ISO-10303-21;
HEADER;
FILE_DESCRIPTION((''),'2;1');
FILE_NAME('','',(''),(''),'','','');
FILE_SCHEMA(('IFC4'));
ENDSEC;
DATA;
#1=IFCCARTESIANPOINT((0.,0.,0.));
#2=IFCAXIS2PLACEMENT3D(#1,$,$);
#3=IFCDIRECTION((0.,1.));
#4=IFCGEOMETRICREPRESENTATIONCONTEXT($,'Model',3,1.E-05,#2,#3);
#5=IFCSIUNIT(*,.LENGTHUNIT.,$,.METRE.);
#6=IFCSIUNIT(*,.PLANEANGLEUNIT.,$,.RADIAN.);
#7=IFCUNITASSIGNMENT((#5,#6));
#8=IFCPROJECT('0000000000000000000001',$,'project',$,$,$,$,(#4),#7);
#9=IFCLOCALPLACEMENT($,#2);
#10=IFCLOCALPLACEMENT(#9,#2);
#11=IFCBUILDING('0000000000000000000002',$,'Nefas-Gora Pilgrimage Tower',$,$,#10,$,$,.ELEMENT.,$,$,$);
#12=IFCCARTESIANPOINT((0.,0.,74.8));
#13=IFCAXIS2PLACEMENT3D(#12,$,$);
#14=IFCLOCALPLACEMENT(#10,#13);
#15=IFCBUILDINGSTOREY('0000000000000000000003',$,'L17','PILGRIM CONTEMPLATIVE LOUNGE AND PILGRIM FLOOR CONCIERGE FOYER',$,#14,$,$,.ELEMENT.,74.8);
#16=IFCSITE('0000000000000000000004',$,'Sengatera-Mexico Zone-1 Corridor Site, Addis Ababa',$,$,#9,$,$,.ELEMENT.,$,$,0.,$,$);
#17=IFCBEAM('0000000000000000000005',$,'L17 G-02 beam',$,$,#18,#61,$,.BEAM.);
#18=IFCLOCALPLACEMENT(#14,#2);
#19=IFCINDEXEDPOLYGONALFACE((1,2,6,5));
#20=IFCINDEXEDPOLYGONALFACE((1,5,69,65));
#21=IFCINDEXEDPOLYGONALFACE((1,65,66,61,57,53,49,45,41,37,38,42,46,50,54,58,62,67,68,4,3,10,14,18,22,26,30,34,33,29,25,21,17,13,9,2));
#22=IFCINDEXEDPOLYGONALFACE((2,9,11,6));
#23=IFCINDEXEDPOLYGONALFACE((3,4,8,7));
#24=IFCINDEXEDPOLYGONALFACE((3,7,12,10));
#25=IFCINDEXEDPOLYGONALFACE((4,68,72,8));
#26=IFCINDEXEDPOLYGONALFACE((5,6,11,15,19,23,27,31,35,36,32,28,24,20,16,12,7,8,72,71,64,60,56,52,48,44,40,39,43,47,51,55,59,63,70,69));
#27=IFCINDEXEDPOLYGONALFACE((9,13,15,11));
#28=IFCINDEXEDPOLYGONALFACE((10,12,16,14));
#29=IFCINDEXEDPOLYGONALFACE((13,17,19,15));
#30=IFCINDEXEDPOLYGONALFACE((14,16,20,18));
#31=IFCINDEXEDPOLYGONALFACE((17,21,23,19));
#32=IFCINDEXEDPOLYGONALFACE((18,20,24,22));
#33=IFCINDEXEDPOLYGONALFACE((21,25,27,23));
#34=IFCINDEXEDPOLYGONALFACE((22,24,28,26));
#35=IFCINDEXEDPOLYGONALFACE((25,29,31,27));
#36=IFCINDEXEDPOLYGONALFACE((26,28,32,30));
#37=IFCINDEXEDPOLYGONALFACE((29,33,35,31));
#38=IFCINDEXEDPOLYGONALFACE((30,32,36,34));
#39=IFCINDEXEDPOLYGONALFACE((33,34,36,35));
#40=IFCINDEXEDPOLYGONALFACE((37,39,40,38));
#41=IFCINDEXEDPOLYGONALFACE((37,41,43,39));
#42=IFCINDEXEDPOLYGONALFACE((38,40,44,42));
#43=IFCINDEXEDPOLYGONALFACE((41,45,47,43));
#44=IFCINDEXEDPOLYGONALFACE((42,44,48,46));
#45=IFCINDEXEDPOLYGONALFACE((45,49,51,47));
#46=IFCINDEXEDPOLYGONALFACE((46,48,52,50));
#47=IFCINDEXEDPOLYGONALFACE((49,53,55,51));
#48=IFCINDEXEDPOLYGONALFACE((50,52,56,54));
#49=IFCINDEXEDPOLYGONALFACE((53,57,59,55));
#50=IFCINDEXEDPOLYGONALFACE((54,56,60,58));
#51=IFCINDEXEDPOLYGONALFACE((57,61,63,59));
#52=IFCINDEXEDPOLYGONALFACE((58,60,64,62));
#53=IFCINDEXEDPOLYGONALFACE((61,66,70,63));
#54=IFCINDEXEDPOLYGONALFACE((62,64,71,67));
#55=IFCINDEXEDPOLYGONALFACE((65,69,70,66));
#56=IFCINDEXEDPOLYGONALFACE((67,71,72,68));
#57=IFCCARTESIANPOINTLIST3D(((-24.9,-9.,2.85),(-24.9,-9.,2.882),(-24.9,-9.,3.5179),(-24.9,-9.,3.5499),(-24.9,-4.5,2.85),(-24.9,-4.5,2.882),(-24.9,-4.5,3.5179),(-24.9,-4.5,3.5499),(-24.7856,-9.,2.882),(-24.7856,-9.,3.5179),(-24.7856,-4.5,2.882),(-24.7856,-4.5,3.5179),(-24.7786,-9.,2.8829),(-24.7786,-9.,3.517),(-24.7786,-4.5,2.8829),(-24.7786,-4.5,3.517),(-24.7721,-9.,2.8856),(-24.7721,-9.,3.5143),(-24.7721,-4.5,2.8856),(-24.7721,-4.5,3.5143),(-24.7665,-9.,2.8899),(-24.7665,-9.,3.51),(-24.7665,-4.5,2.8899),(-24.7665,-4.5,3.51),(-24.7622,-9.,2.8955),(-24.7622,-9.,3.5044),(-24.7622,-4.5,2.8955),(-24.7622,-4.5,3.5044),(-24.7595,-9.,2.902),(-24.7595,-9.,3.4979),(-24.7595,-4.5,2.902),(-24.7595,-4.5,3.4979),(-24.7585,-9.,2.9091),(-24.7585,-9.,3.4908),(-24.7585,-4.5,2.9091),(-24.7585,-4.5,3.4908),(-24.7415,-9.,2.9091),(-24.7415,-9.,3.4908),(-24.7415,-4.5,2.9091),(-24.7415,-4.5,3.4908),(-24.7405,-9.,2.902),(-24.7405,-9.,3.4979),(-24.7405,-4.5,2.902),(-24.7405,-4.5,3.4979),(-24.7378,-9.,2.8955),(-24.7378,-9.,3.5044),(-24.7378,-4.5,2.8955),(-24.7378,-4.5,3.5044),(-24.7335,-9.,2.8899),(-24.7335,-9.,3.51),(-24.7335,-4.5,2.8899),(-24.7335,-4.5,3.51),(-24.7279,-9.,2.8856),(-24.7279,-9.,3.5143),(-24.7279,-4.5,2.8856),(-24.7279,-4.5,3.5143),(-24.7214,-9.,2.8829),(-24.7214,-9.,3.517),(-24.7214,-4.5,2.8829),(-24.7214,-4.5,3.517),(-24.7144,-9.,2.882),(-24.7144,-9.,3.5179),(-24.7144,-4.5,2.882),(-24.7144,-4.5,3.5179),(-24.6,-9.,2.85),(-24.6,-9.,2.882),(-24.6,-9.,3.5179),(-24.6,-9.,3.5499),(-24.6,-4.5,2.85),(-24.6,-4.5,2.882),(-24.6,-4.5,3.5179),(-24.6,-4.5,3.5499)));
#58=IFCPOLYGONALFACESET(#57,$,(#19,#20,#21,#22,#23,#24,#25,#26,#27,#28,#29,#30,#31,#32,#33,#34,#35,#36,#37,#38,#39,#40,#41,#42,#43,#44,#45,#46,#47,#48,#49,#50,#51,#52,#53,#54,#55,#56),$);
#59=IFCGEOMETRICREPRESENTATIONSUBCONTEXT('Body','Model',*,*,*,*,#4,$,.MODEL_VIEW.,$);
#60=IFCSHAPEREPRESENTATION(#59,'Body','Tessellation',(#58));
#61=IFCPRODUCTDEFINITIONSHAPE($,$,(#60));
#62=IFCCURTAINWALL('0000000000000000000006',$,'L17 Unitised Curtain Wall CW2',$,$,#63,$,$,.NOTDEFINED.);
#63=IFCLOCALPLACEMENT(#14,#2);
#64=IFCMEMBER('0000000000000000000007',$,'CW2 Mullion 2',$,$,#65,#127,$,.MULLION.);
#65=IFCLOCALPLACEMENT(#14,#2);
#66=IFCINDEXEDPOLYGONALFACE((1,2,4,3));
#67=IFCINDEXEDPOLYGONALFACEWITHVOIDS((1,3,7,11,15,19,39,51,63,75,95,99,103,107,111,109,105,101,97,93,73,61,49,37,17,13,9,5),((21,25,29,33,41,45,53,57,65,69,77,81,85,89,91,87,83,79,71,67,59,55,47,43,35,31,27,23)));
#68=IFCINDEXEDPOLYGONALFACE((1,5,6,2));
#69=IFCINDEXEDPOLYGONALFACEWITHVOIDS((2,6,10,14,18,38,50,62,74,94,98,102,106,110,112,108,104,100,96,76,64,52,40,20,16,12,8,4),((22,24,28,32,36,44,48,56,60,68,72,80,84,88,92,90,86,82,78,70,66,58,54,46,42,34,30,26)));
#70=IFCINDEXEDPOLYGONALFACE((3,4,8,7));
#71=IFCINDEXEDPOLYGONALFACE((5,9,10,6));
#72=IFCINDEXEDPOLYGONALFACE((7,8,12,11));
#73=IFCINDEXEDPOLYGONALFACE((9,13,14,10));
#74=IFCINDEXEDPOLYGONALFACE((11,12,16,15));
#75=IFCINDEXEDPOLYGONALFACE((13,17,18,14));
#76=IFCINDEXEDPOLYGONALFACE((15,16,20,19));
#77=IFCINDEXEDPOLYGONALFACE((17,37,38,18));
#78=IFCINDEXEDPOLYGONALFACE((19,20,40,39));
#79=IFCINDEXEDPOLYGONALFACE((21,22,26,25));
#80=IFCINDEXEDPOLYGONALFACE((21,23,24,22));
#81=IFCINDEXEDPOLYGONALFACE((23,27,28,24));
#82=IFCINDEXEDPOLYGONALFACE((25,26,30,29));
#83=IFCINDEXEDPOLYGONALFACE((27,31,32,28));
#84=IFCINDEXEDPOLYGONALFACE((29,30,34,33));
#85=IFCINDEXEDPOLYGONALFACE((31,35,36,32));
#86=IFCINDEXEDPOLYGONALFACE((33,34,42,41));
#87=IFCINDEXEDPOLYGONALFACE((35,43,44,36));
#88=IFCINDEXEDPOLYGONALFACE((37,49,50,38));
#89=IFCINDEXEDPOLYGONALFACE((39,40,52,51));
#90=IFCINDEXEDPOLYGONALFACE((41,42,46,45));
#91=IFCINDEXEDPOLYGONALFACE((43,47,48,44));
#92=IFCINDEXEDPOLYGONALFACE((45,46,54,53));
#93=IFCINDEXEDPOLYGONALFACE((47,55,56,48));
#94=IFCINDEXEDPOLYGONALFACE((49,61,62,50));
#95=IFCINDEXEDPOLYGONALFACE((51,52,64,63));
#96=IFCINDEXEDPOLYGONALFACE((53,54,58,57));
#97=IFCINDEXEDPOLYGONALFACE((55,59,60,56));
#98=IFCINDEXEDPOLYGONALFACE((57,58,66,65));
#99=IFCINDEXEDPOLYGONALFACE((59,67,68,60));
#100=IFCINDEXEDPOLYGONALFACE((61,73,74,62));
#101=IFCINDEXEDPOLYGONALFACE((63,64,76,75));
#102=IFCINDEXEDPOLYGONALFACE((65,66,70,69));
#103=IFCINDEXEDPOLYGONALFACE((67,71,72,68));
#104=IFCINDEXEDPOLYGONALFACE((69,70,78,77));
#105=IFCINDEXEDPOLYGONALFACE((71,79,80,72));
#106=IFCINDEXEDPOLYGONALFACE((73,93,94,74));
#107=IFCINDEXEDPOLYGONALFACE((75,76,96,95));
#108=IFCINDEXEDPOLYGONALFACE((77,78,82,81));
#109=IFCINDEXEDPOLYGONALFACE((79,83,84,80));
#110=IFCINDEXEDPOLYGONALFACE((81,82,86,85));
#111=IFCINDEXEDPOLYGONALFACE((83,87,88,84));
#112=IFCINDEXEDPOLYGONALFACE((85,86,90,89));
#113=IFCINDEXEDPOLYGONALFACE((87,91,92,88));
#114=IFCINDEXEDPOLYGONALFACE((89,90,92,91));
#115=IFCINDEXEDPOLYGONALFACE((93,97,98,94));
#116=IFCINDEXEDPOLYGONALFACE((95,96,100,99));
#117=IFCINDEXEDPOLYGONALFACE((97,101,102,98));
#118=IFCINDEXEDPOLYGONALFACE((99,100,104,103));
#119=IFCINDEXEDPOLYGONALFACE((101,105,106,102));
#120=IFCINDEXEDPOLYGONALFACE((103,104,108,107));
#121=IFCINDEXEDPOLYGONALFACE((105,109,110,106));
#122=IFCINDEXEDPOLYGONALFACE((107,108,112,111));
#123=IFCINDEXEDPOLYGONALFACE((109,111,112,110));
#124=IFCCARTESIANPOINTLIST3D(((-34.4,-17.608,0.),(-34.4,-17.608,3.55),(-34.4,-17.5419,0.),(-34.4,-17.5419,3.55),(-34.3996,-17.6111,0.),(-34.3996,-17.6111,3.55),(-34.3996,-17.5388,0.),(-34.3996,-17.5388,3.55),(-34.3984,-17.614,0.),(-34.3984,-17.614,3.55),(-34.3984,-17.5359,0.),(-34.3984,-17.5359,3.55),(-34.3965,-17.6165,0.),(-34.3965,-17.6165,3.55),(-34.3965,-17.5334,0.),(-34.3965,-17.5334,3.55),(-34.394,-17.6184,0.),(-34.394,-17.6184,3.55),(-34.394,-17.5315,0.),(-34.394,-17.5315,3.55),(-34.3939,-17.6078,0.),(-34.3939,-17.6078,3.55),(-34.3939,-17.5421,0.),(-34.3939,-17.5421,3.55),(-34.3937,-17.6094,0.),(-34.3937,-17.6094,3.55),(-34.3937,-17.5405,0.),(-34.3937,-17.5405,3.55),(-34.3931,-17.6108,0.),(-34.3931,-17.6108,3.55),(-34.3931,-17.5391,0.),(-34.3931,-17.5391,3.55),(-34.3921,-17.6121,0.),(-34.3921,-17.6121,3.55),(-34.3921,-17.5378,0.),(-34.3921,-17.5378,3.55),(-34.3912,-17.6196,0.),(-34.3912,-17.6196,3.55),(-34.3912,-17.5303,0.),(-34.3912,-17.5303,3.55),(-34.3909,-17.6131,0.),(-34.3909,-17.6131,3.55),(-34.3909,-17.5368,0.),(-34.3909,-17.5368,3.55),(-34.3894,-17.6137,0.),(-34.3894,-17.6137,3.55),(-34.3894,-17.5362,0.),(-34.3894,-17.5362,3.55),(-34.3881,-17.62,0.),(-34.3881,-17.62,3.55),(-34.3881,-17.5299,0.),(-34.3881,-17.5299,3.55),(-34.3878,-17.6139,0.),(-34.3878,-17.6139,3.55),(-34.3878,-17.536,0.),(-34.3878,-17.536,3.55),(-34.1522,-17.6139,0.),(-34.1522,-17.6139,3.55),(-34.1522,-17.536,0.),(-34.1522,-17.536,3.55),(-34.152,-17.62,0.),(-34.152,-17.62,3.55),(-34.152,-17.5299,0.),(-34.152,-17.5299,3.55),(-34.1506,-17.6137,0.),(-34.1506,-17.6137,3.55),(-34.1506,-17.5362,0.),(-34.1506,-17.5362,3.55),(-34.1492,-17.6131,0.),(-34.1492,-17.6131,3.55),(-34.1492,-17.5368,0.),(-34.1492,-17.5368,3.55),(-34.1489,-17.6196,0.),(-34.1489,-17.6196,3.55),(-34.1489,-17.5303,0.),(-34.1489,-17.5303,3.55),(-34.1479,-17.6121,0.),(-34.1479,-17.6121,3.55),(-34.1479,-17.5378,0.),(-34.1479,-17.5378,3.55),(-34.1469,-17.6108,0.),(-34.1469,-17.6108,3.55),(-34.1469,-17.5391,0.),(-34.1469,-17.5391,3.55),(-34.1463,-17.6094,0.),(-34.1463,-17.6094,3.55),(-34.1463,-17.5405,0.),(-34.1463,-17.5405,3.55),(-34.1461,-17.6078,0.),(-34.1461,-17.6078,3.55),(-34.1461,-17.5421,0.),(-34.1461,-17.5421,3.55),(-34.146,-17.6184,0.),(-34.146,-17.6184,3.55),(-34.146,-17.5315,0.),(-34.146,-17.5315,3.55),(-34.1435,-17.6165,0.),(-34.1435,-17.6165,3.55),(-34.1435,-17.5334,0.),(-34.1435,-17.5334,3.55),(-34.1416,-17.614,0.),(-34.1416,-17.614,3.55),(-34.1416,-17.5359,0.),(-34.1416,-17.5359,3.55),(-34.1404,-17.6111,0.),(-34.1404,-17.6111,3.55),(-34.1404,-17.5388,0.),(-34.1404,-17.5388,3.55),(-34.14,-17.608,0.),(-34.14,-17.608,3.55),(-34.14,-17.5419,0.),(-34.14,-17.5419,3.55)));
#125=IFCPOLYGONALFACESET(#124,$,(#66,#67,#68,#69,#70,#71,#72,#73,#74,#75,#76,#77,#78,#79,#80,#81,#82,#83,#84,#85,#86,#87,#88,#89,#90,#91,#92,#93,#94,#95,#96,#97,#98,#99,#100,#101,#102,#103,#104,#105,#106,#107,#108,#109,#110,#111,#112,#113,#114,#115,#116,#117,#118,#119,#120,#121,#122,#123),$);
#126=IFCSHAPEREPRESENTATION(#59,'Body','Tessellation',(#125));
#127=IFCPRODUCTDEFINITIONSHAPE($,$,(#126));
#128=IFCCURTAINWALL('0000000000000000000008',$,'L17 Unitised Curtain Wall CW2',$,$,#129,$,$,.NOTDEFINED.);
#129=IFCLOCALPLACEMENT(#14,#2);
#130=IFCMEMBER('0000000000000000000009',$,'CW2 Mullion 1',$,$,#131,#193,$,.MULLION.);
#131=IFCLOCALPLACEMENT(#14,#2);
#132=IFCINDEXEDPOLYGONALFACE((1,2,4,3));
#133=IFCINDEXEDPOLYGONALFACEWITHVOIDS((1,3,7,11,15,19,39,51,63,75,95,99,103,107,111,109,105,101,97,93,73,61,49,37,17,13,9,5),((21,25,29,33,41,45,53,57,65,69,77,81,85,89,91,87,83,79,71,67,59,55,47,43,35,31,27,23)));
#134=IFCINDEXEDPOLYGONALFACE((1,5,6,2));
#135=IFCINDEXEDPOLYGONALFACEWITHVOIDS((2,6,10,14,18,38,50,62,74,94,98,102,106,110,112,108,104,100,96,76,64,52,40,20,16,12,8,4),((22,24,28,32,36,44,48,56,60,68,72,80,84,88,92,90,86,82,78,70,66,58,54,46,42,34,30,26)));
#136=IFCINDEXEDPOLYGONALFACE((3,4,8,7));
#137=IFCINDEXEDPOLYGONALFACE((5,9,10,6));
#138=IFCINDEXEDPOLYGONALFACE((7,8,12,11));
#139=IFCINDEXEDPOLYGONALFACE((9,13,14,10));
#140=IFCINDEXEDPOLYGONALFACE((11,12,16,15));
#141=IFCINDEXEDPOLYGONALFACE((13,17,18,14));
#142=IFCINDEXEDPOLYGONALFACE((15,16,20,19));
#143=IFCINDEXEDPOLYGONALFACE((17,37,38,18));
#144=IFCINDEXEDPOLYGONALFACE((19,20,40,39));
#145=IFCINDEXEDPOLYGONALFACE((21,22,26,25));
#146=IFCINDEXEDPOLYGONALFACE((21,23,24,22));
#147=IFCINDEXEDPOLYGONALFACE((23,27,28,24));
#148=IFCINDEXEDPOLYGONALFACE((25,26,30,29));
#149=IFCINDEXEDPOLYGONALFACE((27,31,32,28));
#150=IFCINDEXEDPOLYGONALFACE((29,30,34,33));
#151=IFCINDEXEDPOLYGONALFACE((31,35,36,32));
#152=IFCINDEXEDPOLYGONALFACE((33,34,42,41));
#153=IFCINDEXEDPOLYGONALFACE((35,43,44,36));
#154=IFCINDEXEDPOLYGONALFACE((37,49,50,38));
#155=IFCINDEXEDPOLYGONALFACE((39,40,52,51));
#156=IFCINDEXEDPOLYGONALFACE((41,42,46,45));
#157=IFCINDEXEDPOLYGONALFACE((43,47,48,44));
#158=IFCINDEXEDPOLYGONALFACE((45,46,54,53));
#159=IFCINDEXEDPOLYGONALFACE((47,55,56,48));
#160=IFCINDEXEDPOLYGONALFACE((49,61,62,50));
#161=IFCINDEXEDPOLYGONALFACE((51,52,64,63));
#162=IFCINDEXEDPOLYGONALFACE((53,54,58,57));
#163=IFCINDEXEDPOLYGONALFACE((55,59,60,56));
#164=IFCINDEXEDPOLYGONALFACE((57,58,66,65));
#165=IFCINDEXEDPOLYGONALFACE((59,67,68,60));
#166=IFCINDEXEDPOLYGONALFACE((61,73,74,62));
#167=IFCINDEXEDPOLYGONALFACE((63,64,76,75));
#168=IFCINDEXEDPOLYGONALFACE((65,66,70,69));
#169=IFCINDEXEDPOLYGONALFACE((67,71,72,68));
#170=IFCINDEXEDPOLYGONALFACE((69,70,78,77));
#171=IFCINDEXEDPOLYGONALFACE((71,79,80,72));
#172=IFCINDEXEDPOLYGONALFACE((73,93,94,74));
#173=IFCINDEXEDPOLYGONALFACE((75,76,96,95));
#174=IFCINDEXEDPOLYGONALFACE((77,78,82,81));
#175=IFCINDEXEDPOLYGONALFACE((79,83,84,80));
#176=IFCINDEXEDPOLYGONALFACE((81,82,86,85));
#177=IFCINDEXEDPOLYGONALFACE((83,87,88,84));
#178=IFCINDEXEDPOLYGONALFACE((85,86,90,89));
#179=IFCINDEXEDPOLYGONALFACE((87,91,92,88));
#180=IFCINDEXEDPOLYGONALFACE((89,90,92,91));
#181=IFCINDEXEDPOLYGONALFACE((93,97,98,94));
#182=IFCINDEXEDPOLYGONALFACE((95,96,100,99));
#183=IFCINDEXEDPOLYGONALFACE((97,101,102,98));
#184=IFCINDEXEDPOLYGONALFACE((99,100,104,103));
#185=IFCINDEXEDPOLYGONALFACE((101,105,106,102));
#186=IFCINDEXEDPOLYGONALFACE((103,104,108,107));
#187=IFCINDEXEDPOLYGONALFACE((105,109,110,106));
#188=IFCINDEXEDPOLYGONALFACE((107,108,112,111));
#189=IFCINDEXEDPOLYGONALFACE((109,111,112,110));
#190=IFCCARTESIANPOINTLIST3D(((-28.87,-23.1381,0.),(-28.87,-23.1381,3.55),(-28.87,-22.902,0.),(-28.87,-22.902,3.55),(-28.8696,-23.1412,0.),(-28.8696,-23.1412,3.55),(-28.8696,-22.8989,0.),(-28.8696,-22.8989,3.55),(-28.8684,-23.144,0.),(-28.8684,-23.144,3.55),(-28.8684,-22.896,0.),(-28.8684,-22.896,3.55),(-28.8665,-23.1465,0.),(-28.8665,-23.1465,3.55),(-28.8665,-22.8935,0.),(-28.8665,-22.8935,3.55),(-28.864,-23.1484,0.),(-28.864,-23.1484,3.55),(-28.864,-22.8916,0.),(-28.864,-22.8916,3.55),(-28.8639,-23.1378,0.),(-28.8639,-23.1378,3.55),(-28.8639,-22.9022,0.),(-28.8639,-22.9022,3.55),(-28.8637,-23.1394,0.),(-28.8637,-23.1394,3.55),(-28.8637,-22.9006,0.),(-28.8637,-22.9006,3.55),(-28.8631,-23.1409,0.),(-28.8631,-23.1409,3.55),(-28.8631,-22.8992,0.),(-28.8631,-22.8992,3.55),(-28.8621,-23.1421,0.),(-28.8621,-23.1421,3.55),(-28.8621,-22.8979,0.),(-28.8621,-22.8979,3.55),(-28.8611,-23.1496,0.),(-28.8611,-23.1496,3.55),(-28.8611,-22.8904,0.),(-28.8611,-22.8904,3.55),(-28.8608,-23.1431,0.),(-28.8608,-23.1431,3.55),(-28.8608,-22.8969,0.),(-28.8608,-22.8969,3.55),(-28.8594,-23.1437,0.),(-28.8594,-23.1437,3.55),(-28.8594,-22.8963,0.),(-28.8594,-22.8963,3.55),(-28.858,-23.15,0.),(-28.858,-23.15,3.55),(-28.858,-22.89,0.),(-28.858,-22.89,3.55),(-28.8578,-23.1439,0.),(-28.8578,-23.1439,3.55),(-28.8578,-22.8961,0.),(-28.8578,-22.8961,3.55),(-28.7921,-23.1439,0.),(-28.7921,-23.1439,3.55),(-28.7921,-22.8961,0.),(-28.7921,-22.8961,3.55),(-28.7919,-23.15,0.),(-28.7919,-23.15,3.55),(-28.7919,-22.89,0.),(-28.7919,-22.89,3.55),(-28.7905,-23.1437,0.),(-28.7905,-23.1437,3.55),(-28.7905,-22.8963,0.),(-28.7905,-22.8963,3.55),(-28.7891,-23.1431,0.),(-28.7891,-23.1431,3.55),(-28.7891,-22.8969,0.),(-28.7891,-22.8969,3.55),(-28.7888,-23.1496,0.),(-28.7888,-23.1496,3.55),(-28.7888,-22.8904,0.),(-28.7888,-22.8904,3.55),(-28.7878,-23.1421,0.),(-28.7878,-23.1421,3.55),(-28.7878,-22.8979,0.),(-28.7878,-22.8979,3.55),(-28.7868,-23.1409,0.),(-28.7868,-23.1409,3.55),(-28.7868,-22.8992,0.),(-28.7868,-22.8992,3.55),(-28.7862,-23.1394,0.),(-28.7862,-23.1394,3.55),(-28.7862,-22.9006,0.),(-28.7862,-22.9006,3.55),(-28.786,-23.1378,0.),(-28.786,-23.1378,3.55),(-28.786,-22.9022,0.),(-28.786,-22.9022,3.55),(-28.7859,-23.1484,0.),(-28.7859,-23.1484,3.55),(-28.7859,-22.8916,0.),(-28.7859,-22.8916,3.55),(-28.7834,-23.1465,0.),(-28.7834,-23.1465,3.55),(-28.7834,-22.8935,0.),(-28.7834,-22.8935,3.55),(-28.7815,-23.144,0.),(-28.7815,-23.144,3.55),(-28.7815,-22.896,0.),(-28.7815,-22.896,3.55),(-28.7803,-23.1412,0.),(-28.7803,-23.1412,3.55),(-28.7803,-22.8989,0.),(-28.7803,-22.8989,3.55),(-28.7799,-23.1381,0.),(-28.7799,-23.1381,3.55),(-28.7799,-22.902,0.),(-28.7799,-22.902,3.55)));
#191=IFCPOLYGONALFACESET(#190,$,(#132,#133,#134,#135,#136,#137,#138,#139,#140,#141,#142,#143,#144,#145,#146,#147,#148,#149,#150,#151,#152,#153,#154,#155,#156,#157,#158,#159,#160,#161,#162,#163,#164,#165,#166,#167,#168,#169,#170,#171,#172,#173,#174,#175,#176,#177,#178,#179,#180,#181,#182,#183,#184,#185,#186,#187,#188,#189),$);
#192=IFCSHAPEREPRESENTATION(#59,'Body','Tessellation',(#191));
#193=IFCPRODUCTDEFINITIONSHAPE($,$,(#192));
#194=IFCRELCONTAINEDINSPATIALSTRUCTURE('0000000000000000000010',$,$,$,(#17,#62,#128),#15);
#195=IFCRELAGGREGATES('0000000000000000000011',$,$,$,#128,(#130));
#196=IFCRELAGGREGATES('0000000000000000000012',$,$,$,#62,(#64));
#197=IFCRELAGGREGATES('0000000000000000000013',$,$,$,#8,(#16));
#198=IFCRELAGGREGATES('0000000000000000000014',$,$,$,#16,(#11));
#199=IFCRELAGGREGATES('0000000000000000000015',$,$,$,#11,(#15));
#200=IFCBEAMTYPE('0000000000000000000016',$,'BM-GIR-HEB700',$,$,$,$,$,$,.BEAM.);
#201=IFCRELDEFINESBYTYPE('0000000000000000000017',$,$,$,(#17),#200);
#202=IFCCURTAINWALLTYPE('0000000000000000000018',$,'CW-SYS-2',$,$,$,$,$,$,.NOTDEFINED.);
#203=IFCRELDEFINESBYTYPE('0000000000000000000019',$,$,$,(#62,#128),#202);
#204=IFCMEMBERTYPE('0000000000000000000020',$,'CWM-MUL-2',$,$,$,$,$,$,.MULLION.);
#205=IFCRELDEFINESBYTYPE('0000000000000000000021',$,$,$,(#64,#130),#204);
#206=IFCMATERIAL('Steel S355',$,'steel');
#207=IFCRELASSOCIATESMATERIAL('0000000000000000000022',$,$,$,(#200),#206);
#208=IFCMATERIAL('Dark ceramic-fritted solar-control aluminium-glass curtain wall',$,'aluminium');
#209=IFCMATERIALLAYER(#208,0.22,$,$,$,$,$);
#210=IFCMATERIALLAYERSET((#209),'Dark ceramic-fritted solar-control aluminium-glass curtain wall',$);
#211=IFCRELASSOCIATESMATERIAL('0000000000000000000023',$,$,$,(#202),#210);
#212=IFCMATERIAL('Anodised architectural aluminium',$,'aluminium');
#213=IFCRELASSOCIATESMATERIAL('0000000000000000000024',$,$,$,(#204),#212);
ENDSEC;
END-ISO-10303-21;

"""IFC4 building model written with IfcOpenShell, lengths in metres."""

from ifc_helpers import new_model, si_unit, direction, frame, origin, origin_2d, place, context, subcontext, project, spatial, hollow_rectangle, i_section, extrude, source, transform, mapped, material, layer, layer_set, material_profile, profile_set, type_object, element, aggregate, save


model = new_model("IFC4")

# Units and contexts
model_context = context("Model", 3, precision=1e-05, world=origin(), true_north=direction((0.0, 1.0)))
body_context = subcontext(model_context, "Body", "Model", "MODEL_VIEW")
ifc_project = project(units=[si_unit("LENGTHUNIT", "METRE"), si_unit("PLANEANGLEUNIT", "RADIAN")], contexts=[model_context])

# Site, building, storey
site_placement = place(None, origin())
site = spatial("IfcSite", under=ifc_project, at=site_placement, Name="Sengatera-Mexico Zone-1 Corridor Site, Addis Ababa", CompositionType="ELEMENT", RefElevation=0.0)
building_placement = place(site_placement, origin())
building = spatial("IfcBuilding", under=site, at=building_placement, Name="Nefas-Gora Pilgrimage Tower", CompositionType="ELEMENT")
storey_placement = place(building_placement, frame((0.0, 0.0, 74.8)))
storey = spatial("IfcBuildingStorey", under=building, at=storey_placement, Name="L17", Description="PILGRIM CONTEMPLATIVE LOUNGE AND PILGRIM FLOOR CONCIERGE FOYER", CompositionType="ELEMENT", Elevation=74.8)

# Beam
ifc_material_1 = material(Name="Steel S355", Category="steel")
ifc_material_profile_1 = material_profile(ifc_material_1, i_section(OverallWidth=0.3, OverallDepth=0.7, WebThickness=0.0171, FlangeThickness=0.032, FilletRadius=0.0271, at=origin_2d()), Name="HEB 700")
ifc_profile_set_1 = profile_set([ifc_material_profile_1], Name="Steel S355")
beam_type_1 = type_object("IfcBeamType", Name="BM-GIR-HEB700", PredefinedType="BEAM", material=ifc_profile_set_1)
shared_shape_1 = source(origin(), body_context, "Body", "SweptSolid", [
    extrude(i_section(OverallWidth=0.3, OverallDepth=0.7, WebThickness=0.0171, FlangeThickness=0.032, FilletRadius=0.0271, at=origin_2d()), origin(), (0.0, 0.0, 1.0), 4.5),
])
for number, where, z_axis, x_axis, name in (
    (1, (-24.75, -9.0, 3.2), (0.0, 1.0, 0.0), (-1.0, 0.0, 0.0), "L17 G-02 beam"),
):
    element("IfcBeam", number, at=place(storey_placement, frame(where, z_axis=z_axis, x_axis=x_axis)), inside=storey, type_object=beam_type_1, Name=name, PredefinedType="BEAM", context=body_context, shape_type="MappedRepresentation", body=[
        mapped(shared_shape_1, transform((0.0, 0.0, 0.0), x_axis=(1.0, 0.0, 0.0), y_axis=(0.0, 1.0, 0.0), z_axis=(0.0, 0.0, 1.0), scale=1.0)),
    ])

# Curtain wall, member
ifc_material_2 = material(Name="Dark ceramic-fritted solar-control aluminium-glass curtain wall", Category="aluminium")
ifc_layer_1 = layer(ifc_material_2, 0.22)
ifc_layer_set_1 = layer_set([ifc_layer_1], Name="Dark ceramic-fritted solar-control aluminium-glass curtain wall")
curtain_wall_type = type_object("IfcCurtainWallType", Name="CW-SYS-2", PredefinedType="NOTDEFINED", material=ifc_layer_set_1)
curtain_wall_1_placement = place(storey_placement, origin())
curtain_wall_1 = element("IfcCurtainWall", 2, at=curtain_wall_1_placement, inside=storey, type_object=curtain_wall_type, Name="L17 Unitised Curtain Wall CW2", PredefinedType="NOTDEFINED")
ifc_material_3 = material(Name="Anodised architectural aluminium", Category="aluminium")
ifc_material_profile_2 = material_profile(ifc_material_3, hollow_rectangle(XDim=0.0901, YDim=0.26, WallThickness=0.0061, InnerFilletRadius=0.0061, OuterFilletRadius=0.012, at=origin_2d()), Name="ALU MULLION 90x260")
ifc_profile_set_2 = profile_set([ifc_material_profile_2], Name="Anodised architectural aluminium")
member_type_1 = type_object("IfcMemberType", Name="CWM-MUL-2", PredefinedType="MULLION", material=ifc_profile_set_2)
shared_shape_2 = source(origin(), body_context, "Body", "SweptSolid", [
    extrude(hollow_rectangle(XDim=0.0901, YDim=0.26, WallThickness=0.0061, InnerFilletRadius=0.0061, OuterFilletRadius=0.012, at=origin_2d()), origin(), (0.0, 0.0, 1.0), 3.55),
])
member_1_placement = place(storey_placement, frame((-34.27, -17.575, 0.0), z_axis=(0.0, 0.0, 1.0), x_axis=(0.0, -1.0, 0.0)))
member_1 = element("IfcMember", 3, at=member_1_placement, type_object=member_type_1, Name="CW2 Mullion 2", PredefinedType="MULLION", context=body_context, shape_type="MappedRepresentation", body=[
    mapped(shared_shape_2, transform((0.0, 0.0, 0.0), x_axis=(1.0, 0.0, 0.0), y_axis=(0.0, 1.0, 0.0), z_axis=(0.0, 0.0, 1.0), scale=1.0)),
])

# Curtain wall, member
curtain_wall_2_placement = place(storey_placement, origin())
curtain_wall_2 = element("IfcCurtainWall", 4, at=curtain_wall_2_placement, inside=storey, type_object=curtain_wall_type, Name="L17 Unitised Curtain Wall CW2", PredefinedType="NOTDEFINED")
member_2_placement = place(storey_placement, frame((-28.825, -23.02, 0.0), z_axis=(0.0, 0.0, 1.0), x_axis=(1.0, 0.0, 0.0)))
member_2 = element("IfcMember", 5, at=member_2_placement, type_object=member_type_1, Name="CW2 Mullion 1", PredefinedType="MULLION", context=body_context, shape_type="MappedRepresentation", body=[
    mapped(shared_shape_2, transform((0.0, 0.0, 0.0), x_axis=(1.0, 0.0, 0.0), y_axis=(0.0, 1.0, 0.0), z_axis=(0.0, 0.0, 1.0), scale=1.0)),
])
aggregate(curtain_wall_2, [member_2])

aggregate(curtain_wall_1, [member_1])

save(model, "model.ifc")
